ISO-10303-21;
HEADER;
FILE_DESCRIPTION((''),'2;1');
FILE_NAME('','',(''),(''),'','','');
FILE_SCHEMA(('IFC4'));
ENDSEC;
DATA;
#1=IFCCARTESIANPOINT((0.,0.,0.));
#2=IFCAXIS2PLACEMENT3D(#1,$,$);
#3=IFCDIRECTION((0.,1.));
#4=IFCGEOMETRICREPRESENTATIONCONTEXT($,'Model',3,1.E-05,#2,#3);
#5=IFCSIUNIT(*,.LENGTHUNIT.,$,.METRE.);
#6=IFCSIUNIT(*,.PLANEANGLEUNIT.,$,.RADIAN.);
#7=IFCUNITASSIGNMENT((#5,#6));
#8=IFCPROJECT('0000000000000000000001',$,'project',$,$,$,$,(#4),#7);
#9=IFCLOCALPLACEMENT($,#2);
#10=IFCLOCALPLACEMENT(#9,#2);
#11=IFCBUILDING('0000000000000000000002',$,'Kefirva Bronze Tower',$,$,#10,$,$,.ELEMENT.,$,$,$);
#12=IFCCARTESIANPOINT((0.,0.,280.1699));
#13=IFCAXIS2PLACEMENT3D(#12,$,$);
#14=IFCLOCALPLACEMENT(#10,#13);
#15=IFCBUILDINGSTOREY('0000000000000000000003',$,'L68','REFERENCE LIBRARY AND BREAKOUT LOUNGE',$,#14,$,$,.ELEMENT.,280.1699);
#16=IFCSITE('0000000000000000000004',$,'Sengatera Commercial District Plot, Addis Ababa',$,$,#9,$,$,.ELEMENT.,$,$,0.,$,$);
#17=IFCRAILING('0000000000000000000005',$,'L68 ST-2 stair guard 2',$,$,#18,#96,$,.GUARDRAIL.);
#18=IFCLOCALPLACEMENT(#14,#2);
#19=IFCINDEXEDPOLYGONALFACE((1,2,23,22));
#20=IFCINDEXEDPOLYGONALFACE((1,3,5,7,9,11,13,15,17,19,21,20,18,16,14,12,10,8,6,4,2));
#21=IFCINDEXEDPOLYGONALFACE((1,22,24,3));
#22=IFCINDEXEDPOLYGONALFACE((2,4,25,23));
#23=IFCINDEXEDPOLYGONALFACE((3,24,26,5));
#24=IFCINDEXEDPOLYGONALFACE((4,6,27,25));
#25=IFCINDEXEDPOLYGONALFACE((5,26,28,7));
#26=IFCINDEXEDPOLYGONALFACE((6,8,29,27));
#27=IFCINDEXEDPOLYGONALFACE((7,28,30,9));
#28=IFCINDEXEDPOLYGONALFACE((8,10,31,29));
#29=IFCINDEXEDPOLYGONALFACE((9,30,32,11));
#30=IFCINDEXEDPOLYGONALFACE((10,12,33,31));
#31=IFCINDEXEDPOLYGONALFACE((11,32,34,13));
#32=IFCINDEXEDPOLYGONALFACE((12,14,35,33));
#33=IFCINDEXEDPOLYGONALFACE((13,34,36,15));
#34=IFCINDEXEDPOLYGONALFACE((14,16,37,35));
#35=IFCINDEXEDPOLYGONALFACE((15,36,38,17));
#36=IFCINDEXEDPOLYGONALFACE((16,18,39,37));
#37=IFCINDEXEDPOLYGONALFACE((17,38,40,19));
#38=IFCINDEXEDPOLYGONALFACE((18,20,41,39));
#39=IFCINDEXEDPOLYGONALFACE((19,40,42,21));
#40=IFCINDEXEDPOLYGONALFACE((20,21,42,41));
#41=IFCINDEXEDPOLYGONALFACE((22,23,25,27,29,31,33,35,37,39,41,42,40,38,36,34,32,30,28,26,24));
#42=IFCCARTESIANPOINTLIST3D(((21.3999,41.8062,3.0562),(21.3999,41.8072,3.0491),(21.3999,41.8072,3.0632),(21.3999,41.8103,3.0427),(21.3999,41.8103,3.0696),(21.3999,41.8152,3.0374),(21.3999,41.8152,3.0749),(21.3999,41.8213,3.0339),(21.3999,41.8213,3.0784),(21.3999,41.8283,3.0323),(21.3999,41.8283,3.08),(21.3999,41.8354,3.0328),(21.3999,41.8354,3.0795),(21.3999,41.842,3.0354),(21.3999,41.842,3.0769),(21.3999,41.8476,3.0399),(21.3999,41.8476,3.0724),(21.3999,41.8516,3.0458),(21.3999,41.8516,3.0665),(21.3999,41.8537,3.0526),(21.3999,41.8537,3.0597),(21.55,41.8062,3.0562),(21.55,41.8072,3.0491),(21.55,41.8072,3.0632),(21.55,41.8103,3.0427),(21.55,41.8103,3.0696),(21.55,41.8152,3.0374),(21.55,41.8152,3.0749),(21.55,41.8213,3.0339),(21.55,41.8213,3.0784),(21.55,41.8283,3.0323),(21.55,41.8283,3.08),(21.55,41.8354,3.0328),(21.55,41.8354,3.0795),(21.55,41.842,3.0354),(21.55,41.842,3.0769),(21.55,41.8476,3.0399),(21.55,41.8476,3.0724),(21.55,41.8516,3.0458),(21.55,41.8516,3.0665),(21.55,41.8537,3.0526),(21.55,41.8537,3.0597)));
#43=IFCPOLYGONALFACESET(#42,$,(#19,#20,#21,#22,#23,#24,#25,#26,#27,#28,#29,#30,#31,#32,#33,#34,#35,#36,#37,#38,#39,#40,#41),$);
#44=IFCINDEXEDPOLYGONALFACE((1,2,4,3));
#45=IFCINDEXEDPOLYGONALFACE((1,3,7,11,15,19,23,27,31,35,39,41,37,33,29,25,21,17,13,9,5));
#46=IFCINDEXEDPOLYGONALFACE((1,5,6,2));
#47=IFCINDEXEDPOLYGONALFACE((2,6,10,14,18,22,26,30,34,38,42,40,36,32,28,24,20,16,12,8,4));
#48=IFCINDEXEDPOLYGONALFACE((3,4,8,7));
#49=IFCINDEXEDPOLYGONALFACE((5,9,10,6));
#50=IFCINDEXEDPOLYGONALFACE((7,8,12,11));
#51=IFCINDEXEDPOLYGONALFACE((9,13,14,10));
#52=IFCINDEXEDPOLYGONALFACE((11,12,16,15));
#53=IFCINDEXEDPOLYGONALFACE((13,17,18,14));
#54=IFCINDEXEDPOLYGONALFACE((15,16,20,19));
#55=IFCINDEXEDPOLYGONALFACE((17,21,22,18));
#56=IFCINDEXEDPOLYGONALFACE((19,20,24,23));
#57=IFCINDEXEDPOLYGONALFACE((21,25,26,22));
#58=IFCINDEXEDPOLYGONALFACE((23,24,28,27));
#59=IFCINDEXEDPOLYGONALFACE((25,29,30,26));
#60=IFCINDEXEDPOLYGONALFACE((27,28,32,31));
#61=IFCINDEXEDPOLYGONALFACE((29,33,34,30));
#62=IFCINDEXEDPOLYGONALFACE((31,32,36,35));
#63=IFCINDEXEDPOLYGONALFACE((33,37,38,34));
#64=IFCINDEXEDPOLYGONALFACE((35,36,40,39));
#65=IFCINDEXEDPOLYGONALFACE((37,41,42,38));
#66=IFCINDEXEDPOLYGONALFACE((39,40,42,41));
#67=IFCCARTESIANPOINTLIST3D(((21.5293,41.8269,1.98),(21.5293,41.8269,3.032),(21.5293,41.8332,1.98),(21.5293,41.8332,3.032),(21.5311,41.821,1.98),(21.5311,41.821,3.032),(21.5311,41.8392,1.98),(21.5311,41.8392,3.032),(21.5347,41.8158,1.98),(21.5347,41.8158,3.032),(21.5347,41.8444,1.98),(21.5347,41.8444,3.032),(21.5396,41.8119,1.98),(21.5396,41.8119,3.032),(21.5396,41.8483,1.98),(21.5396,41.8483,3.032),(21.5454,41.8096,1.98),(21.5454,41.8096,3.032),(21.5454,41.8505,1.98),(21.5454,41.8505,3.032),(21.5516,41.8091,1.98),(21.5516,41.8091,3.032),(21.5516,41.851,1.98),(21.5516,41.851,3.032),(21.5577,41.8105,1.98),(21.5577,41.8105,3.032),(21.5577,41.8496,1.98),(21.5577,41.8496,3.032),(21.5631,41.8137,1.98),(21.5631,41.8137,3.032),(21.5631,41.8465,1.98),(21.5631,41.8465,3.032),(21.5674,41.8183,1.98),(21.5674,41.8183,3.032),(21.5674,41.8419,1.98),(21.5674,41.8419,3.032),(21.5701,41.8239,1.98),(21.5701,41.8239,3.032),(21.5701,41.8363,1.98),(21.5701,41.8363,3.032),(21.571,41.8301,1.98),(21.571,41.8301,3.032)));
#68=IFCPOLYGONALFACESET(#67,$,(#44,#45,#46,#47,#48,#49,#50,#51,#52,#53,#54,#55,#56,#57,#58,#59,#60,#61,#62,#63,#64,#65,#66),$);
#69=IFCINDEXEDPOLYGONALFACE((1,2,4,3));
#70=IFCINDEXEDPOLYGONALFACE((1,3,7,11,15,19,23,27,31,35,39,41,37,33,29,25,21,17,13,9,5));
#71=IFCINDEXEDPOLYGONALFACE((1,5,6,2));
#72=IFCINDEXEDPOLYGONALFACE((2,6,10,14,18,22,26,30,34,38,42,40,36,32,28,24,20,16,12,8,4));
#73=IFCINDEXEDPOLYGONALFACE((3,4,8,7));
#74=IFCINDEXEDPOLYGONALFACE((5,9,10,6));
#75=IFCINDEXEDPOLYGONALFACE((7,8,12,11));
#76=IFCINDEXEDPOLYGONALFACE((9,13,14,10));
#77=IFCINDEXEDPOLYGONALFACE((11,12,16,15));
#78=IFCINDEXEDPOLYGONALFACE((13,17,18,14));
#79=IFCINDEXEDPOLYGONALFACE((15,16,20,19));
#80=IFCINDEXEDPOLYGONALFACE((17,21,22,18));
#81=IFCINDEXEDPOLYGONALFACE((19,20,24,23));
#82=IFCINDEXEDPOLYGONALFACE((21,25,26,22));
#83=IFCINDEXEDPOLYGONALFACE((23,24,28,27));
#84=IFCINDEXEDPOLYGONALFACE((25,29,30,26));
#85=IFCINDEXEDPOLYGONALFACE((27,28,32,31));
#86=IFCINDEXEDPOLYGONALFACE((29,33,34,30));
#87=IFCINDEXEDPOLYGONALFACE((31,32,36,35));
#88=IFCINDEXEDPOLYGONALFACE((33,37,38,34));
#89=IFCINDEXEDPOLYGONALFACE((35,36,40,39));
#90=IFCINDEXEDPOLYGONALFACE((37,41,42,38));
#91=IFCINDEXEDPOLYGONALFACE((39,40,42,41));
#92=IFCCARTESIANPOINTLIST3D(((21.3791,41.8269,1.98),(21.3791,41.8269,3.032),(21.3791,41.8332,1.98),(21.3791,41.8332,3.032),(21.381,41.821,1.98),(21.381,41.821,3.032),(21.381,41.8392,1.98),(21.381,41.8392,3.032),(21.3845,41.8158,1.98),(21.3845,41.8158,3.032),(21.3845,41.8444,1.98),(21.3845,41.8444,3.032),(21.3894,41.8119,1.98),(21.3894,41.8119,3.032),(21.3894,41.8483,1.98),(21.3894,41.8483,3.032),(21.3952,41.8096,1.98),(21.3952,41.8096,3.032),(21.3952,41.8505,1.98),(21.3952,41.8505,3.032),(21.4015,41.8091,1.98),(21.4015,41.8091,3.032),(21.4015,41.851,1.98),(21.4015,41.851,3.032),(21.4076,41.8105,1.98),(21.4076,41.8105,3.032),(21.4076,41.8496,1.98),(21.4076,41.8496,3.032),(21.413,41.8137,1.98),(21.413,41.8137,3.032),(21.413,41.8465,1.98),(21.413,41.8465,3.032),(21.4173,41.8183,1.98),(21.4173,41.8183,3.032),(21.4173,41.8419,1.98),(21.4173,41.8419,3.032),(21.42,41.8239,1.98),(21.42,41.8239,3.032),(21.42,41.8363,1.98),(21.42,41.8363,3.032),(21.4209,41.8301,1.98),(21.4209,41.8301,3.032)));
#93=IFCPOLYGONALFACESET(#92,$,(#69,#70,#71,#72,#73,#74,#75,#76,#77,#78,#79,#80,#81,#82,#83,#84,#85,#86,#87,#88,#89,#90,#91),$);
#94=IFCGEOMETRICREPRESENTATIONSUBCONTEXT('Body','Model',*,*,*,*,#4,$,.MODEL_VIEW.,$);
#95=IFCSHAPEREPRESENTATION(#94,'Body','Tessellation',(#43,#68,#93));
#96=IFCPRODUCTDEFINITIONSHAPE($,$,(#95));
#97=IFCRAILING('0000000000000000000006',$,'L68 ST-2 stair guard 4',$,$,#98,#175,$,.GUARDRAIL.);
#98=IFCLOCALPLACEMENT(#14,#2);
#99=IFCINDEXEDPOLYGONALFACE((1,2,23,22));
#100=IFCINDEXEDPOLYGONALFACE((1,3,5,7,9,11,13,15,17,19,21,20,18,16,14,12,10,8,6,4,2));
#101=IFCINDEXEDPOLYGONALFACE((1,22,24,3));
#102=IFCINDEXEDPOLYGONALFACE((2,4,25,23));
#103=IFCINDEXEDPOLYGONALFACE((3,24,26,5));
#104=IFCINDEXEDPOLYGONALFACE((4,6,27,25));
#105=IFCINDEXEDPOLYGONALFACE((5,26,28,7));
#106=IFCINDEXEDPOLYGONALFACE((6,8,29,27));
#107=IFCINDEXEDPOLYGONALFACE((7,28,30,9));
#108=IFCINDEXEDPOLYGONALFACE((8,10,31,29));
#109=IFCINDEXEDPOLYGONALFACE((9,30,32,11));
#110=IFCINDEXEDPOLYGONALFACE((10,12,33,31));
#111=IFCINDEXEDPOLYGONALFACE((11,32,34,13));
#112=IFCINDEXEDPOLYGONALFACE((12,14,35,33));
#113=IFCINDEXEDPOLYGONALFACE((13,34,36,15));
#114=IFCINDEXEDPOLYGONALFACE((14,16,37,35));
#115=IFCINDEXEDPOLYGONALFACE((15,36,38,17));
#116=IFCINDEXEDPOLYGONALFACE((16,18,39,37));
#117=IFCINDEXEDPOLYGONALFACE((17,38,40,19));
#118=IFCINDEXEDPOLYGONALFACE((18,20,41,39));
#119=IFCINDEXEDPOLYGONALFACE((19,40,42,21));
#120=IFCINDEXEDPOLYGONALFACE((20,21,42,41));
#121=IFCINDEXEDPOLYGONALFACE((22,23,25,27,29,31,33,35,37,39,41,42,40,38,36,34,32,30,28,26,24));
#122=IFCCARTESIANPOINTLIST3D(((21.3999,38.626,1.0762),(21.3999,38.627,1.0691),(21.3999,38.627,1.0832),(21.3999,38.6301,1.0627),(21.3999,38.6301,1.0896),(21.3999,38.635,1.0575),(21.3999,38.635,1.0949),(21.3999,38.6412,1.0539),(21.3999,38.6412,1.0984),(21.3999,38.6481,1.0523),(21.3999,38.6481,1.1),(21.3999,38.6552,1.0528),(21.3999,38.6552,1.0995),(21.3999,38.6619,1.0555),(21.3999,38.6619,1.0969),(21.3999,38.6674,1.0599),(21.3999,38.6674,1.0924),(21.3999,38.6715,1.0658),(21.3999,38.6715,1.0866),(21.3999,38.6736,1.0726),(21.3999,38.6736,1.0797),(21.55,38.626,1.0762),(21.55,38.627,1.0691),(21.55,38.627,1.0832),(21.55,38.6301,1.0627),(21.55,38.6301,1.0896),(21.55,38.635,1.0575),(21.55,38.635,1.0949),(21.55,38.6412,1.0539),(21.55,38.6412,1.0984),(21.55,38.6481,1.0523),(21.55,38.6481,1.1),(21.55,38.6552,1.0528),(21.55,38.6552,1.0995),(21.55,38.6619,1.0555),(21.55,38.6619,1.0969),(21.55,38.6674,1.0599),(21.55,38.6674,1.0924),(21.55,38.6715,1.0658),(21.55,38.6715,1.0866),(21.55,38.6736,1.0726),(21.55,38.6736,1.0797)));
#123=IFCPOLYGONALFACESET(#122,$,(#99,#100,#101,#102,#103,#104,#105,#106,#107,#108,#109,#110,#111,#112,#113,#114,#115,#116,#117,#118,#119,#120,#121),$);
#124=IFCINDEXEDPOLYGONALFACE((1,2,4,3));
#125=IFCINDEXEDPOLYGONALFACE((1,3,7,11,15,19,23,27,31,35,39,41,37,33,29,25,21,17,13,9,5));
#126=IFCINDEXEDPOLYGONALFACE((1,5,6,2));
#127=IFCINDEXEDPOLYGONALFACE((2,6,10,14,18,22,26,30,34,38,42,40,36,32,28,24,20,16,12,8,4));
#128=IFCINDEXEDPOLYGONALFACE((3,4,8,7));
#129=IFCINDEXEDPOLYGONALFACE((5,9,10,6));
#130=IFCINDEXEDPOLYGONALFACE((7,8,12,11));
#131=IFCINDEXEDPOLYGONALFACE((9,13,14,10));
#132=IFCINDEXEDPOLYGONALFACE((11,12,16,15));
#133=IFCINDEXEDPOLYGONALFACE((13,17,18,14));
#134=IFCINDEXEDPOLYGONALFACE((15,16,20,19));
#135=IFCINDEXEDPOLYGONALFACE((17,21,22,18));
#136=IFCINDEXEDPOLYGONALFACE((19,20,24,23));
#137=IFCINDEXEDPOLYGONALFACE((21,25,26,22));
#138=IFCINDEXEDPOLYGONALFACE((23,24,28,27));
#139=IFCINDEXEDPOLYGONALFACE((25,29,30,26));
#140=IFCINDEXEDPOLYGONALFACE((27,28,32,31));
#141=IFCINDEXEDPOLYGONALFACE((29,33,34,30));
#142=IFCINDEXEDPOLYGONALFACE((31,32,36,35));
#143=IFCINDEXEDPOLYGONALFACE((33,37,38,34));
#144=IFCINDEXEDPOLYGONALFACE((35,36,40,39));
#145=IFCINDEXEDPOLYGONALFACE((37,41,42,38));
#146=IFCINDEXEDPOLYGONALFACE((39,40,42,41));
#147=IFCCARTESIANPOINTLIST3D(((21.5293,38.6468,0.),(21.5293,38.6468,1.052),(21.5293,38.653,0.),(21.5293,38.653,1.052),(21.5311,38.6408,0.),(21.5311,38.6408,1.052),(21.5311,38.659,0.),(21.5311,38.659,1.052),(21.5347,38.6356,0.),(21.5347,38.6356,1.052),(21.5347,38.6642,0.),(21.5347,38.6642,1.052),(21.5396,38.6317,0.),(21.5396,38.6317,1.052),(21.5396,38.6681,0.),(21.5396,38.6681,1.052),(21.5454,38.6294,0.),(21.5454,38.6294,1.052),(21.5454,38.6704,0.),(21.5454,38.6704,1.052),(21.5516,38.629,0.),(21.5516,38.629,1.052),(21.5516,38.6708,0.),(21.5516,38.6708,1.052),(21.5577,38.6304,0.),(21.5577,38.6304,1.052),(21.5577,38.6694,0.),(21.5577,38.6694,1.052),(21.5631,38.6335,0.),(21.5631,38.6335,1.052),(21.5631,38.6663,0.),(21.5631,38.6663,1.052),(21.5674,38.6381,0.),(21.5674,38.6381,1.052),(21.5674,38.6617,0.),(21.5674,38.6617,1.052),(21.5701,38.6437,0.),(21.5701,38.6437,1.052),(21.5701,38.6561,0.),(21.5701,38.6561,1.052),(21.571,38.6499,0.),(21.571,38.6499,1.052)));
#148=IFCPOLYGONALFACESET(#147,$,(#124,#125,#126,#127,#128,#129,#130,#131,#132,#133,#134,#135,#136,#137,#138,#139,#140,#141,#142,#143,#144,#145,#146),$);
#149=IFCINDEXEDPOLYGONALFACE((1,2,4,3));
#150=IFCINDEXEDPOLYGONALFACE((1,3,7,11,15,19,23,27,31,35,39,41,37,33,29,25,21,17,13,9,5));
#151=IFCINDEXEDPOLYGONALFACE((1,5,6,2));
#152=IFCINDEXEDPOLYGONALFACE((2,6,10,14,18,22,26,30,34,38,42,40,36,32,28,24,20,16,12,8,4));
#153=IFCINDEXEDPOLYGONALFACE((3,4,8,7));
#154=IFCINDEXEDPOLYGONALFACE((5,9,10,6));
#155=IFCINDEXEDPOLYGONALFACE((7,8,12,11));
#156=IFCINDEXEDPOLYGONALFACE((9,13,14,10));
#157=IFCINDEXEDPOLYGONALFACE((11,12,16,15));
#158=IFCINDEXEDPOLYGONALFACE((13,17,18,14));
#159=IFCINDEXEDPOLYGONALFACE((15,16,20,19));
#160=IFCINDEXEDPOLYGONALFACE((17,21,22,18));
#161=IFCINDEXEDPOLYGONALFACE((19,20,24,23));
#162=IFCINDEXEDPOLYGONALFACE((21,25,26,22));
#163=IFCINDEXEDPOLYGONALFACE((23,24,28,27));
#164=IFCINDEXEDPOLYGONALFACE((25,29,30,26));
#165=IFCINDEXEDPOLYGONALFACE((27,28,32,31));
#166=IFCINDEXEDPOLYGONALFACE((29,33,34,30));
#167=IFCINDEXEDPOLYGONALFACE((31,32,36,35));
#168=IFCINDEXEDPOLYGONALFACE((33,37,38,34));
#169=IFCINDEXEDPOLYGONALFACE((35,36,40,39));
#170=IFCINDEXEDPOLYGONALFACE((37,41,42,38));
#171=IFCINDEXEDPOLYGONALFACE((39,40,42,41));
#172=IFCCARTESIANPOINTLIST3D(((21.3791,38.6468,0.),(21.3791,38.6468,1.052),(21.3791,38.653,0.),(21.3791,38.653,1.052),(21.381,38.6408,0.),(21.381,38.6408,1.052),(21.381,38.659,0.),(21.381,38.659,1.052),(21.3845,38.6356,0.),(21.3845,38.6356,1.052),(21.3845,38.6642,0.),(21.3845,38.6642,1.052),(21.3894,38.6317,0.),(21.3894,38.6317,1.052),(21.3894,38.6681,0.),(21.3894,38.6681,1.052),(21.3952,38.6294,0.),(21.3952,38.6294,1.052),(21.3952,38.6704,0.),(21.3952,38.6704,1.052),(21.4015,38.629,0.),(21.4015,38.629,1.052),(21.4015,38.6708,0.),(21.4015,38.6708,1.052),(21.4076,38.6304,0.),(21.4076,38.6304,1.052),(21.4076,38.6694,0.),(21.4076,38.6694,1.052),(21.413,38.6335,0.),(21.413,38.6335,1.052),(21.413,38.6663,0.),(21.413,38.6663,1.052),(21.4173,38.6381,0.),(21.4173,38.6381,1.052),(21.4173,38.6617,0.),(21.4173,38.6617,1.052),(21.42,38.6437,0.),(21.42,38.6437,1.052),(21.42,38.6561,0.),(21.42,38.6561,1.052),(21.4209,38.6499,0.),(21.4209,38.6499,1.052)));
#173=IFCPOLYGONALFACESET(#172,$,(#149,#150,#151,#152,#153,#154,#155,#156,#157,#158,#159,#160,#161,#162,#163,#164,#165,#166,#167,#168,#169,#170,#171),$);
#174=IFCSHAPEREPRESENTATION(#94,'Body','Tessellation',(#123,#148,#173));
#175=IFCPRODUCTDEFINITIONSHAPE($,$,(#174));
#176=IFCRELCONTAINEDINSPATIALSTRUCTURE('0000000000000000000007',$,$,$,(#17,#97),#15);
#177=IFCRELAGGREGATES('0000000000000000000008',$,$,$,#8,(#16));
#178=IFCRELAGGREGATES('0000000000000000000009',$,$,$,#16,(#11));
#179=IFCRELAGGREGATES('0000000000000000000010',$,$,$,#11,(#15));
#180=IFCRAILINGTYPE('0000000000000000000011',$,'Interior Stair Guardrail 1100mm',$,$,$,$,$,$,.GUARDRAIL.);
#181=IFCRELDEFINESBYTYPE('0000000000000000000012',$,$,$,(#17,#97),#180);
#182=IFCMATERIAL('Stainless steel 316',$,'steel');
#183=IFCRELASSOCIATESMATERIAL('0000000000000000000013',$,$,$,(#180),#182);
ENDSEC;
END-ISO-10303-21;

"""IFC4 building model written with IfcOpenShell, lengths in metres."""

from ifc_helpers import new_model, si_unit, direction, frame, origin, origin_2d, place, context, subcontext, project, spatial, circle, extrude, material, type_object, element, save


model = new_model("IFC4")

# Units and contexts
model_context = context("Model", 3, precision=1e-05, world=origin(), true_north=direction((0.0, 1.0)))
body_context = subcontext(model_context, "Body", "Model", "MODEL_VIEW")
ifc_project = project(units=[si_unit("LENGTHUNIT", "METRE"), si_unit("PLANEANGLEUNIT", "RADIAN")], contexts=[model_context])

# Site, building, storey
site_placement = place(None, origin())
site = spatial("IfcSite", under=ifc_project, at=site_placement, Name="Sengatera Commercial District Plot, Addis Ababa", CompositionType="ELEMENT", RefElevation=0.0)
building_placement = place(site_placement, origin())
building = spatial("IfcBuilding", under=site, at=building_placement, Name="Kefirva Bronze Tower", CompositionType="ELEMENT")
storey_placement = place(building_placement, frame((0.0, 0.0, 280.1699)))
storey = spatial("IfcBuildingStorey", under=building, at=storey_placement, Name="L68", Description="REFERENCE LIBRARY AND BREAKOUT LOUNGE", CompositionType="ELEMENT", Elevation=280.1699)

# Railings
ifc_material_1 = material(Name="Stainless steel 316", Category="steel")
railing_type_1 = type_object("IfcRailingType", Name="Interior Stair Guardrail 1100mm", PredefinedType="GUARDRAIL", material=ifc_material_1)
for number, where, name in (
    (1, (21.55, 41.8301, 1.98), "L68 ST-2 stair guard 2"),
    (2, (21.55, 38.6499, 0.0), "L68 ST-2 stair guard 4"),
):
    element("IfcRailing", number, at=place(storey_placement, frame(where)), inside=storey, type_object=railing_type_1, Name=name, PredefinedType="GUARDRAIL", context=body_context, shape_type="SweptSolid", body=[
        extrude(circle(Radius=0.0239, at=origin_2d()), frame((0.0, 0.0, 1.0762), z_axis=(-1.0, 0.0, 0.0), x_axis=(0.0, -1.0, 0.0)), (0.0, 0.0, 1.0), 0.1501),
        extrude(circle(Radius=0.021, at=origin_2d()), origin(), (0.0, 0.0, 1.0), 1.052),
        extrude(circle(Radius=0.021, at=origin_2d()), frame((-0.1501, 0.0, 0.0)), (0.0, 0.0, 1.0), 1.052),
    ])

save(model, "model.ifc")
